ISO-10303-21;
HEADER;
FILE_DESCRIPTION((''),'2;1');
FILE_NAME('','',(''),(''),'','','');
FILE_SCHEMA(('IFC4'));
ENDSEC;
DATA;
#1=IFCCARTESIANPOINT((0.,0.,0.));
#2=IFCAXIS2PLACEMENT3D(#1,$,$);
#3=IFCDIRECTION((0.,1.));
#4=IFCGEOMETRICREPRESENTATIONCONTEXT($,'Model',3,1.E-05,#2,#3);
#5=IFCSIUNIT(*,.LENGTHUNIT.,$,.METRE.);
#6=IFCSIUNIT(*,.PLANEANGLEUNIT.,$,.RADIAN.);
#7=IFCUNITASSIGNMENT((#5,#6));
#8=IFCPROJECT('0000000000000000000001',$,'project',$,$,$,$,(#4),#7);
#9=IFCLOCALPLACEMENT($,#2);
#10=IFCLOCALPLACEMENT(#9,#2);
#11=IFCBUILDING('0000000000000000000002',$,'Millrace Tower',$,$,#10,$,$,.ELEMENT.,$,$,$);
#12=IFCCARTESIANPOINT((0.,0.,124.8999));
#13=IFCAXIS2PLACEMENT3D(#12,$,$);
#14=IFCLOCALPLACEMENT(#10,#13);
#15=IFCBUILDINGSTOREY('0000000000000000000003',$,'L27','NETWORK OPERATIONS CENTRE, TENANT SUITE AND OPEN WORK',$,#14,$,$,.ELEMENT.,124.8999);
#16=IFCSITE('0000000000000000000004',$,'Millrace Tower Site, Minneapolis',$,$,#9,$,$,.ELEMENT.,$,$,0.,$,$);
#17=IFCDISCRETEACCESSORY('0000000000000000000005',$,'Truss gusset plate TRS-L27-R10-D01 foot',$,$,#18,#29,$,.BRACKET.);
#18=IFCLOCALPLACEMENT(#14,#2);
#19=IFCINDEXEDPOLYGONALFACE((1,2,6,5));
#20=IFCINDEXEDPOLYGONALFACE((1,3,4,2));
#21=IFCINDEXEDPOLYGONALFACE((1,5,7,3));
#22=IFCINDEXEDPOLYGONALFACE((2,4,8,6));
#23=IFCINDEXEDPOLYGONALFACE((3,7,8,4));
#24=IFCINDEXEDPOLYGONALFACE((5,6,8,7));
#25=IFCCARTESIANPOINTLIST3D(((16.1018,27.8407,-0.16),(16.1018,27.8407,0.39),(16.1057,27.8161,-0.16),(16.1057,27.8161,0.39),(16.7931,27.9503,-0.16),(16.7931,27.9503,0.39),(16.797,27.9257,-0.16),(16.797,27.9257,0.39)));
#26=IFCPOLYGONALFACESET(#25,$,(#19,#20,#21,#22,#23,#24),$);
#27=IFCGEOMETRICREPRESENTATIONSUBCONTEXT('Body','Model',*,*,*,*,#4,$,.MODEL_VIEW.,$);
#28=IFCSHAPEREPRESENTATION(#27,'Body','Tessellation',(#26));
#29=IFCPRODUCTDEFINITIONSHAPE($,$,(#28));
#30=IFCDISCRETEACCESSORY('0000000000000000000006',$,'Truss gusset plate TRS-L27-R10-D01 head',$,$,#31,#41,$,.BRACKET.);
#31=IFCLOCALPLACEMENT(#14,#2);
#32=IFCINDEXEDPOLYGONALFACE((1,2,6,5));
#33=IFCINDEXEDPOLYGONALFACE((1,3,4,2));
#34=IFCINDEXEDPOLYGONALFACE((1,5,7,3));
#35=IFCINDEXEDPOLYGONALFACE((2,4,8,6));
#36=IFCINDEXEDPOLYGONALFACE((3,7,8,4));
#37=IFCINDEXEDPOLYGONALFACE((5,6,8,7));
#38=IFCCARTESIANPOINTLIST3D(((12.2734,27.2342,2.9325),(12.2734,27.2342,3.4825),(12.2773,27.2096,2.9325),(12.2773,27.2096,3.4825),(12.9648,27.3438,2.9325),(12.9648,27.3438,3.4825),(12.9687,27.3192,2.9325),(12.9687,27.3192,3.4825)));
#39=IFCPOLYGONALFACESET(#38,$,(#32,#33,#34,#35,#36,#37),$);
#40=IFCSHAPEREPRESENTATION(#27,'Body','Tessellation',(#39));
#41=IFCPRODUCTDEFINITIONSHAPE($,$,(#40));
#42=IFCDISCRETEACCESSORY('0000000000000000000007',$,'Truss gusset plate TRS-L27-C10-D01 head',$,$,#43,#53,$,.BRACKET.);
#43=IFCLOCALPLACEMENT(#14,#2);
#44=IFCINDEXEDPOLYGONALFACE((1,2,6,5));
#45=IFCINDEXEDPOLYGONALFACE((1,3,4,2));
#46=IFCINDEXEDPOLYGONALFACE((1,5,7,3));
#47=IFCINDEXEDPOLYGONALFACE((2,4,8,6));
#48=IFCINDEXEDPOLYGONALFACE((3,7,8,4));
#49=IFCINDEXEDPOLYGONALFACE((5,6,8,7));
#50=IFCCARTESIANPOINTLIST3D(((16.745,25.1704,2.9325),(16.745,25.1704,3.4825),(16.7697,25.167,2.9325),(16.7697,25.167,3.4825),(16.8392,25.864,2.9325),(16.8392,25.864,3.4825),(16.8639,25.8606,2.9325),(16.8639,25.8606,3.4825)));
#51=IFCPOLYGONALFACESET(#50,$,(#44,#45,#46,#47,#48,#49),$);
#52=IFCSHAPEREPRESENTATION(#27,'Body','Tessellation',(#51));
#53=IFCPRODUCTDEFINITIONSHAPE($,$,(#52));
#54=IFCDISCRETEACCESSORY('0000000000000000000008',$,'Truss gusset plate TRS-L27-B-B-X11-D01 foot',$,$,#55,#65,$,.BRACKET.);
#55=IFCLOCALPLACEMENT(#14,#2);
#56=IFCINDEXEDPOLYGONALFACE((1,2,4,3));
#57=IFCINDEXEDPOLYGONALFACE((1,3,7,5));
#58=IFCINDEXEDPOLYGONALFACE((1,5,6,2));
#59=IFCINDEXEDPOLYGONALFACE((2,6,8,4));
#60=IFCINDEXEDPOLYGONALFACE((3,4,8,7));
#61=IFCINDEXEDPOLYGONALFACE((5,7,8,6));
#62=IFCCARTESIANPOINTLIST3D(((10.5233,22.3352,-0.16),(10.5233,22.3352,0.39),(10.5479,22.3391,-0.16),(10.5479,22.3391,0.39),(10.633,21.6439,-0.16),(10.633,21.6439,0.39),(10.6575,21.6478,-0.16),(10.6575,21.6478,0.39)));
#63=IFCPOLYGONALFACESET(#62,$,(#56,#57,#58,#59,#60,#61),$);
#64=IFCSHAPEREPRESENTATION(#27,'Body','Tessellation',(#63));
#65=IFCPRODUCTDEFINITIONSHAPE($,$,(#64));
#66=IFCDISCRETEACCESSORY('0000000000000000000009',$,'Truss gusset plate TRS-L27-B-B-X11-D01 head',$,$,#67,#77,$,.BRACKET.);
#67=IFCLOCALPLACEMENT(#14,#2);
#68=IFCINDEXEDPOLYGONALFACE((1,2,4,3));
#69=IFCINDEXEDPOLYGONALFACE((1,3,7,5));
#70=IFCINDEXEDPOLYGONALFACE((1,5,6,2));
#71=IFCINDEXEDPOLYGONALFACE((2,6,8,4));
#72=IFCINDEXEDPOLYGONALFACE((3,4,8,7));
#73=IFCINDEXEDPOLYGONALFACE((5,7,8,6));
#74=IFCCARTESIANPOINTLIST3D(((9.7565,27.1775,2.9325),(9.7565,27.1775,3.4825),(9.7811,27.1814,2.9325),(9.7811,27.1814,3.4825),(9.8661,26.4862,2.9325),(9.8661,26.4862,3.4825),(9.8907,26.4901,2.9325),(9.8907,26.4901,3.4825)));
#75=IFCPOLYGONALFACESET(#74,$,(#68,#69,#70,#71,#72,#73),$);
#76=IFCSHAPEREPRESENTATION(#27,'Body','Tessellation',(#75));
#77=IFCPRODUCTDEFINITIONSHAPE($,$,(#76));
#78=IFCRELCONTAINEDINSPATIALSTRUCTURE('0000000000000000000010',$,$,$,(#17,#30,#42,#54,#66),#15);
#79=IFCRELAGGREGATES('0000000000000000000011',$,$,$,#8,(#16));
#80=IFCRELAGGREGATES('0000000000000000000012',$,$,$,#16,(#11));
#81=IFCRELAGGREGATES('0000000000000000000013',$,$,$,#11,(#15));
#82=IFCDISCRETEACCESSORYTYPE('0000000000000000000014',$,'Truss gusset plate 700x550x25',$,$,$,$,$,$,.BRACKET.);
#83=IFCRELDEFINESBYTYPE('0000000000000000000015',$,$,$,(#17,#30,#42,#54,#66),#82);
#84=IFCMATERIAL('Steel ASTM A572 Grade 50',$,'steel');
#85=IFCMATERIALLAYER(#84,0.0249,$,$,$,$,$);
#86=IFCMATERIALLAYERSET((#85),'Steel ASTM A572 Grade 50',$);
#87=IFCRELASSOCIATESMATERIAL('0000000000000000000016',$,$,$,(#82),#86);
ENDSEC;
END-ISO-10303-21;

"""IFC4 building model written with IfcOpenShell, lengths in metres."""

from ifc_helpers import new_model, si_unit, direction, frame, origin, origin_2d, place, context, subcontext, project, spatial, rectangle, extrude, material, layer, layer_set, type_object, element, save


model = new_model("IFC4")

# Units and contexts
model_context = context("Model", 3, precision=1e-05, world=origin(), true_north=direction((0.0, 1.0)))
body_context = subcontext(model_context, "Body", "Model", "MODEL_VIEW")
ifc_project = project(units=[si_unit("LENGTHUNIT", "METRE"), si_unit("PLANEANGLEUNIT", "RADIAN")], contexts=[model_context])

# Site, building, storey
site_placement = place(None, origin())
site = spatial("IfcSite", under=ifc_project, at=site_placement, Name="Millrace Tower Site, Minneapolis", CompositionType="ELEMENT", RefElevation=0.0)
building_placement = place(site_placement, origin())
building = spatial("IfcBuilding", under=site, at=building_placement, Name="Millrace Tower", CompositionType="ELEMENT")
storey_placement = place(building_placement, frame((0.0, 0.0, 124.8999)))
storey = spatial("IfcBuildingStorey", under=building, at=storey_placement, Name="L27", Description="NETWORK OPERATIONS CENTRE, TENANT SUITE AND OPEN WORK", CompositionType="ELEMENT", Elevation=124.8999)

# Discrete accessories
ifc_material_1 = material(Name="Steel ASTM A572 Grade 50", Category="steel")
ifc_layer_1 = layer(ifc_material_1, 0.0249)
ifc_layer_set_1 = layer_set([ifc_layer_1], Name="Steel ASTM A572 Grade 50")
discrete_accessory_type = type_object("IfcDiscreteAccessoryType", Name="Truss gusset plate 700x550x25", PredefinedType="BRACKET", material=ifc_layer_set_1)
for number, where, z_axis, x_axis, name in (
    (1, (16.1038, 27.8284, 0.115), (0.987664, 0.156589, 0.0), (-0.156589, 0.987664, 0.0), "Truss gusset plate TRS-L27-R10-D01 foot"),
    (2, (12.2754, 27.2219, 3.2075), (0.987664, 0.156589, 0.0), (-0.156589, 0.987664, 0.0), "Truss gusset plate TRS-L27-R10-D01 head"),
    (3, (16.7573, 25.1687, 3.2075), (0.134631, 0.990896, 0.0), (-0.990896, 0.134631, 0.0), "Truss gusset plate TRS-L27-C10-D01 head"),
    (4, (10.5356, 22.3372, 0.115), (0.156589, -0.987664, 0.0), (0.987664, 0.156589, 0.0), "Truss gusset plate TRS-L27-B-B-X11-D01 foot"),
    (5, (9.7688, 27.1794, 3.2075), (0.156589, -0.987664, 0.0), (0.987664, 0.156589, 0.0), "Truss gusset plate TRS-L27-B-B-X11-D01 head"),
):
    element("IfcDiscreteAccessory", number, at=place(storey_placement, frame(where, z_axis=z_axis, x_axis=x_axis)), inside=storey, type_object=discrete_accessory_type, Name=name, PredefinedType="BRACKET", context=body_context, shape_type="SweptSolid", body=[
        extrude(rectangle(XDim=0.0249, YDim=0.55, at=origin_2d()), origin(), (0.0, 0.0, 1.0), 0.7),
    ])

save(model, "model.ifc")
